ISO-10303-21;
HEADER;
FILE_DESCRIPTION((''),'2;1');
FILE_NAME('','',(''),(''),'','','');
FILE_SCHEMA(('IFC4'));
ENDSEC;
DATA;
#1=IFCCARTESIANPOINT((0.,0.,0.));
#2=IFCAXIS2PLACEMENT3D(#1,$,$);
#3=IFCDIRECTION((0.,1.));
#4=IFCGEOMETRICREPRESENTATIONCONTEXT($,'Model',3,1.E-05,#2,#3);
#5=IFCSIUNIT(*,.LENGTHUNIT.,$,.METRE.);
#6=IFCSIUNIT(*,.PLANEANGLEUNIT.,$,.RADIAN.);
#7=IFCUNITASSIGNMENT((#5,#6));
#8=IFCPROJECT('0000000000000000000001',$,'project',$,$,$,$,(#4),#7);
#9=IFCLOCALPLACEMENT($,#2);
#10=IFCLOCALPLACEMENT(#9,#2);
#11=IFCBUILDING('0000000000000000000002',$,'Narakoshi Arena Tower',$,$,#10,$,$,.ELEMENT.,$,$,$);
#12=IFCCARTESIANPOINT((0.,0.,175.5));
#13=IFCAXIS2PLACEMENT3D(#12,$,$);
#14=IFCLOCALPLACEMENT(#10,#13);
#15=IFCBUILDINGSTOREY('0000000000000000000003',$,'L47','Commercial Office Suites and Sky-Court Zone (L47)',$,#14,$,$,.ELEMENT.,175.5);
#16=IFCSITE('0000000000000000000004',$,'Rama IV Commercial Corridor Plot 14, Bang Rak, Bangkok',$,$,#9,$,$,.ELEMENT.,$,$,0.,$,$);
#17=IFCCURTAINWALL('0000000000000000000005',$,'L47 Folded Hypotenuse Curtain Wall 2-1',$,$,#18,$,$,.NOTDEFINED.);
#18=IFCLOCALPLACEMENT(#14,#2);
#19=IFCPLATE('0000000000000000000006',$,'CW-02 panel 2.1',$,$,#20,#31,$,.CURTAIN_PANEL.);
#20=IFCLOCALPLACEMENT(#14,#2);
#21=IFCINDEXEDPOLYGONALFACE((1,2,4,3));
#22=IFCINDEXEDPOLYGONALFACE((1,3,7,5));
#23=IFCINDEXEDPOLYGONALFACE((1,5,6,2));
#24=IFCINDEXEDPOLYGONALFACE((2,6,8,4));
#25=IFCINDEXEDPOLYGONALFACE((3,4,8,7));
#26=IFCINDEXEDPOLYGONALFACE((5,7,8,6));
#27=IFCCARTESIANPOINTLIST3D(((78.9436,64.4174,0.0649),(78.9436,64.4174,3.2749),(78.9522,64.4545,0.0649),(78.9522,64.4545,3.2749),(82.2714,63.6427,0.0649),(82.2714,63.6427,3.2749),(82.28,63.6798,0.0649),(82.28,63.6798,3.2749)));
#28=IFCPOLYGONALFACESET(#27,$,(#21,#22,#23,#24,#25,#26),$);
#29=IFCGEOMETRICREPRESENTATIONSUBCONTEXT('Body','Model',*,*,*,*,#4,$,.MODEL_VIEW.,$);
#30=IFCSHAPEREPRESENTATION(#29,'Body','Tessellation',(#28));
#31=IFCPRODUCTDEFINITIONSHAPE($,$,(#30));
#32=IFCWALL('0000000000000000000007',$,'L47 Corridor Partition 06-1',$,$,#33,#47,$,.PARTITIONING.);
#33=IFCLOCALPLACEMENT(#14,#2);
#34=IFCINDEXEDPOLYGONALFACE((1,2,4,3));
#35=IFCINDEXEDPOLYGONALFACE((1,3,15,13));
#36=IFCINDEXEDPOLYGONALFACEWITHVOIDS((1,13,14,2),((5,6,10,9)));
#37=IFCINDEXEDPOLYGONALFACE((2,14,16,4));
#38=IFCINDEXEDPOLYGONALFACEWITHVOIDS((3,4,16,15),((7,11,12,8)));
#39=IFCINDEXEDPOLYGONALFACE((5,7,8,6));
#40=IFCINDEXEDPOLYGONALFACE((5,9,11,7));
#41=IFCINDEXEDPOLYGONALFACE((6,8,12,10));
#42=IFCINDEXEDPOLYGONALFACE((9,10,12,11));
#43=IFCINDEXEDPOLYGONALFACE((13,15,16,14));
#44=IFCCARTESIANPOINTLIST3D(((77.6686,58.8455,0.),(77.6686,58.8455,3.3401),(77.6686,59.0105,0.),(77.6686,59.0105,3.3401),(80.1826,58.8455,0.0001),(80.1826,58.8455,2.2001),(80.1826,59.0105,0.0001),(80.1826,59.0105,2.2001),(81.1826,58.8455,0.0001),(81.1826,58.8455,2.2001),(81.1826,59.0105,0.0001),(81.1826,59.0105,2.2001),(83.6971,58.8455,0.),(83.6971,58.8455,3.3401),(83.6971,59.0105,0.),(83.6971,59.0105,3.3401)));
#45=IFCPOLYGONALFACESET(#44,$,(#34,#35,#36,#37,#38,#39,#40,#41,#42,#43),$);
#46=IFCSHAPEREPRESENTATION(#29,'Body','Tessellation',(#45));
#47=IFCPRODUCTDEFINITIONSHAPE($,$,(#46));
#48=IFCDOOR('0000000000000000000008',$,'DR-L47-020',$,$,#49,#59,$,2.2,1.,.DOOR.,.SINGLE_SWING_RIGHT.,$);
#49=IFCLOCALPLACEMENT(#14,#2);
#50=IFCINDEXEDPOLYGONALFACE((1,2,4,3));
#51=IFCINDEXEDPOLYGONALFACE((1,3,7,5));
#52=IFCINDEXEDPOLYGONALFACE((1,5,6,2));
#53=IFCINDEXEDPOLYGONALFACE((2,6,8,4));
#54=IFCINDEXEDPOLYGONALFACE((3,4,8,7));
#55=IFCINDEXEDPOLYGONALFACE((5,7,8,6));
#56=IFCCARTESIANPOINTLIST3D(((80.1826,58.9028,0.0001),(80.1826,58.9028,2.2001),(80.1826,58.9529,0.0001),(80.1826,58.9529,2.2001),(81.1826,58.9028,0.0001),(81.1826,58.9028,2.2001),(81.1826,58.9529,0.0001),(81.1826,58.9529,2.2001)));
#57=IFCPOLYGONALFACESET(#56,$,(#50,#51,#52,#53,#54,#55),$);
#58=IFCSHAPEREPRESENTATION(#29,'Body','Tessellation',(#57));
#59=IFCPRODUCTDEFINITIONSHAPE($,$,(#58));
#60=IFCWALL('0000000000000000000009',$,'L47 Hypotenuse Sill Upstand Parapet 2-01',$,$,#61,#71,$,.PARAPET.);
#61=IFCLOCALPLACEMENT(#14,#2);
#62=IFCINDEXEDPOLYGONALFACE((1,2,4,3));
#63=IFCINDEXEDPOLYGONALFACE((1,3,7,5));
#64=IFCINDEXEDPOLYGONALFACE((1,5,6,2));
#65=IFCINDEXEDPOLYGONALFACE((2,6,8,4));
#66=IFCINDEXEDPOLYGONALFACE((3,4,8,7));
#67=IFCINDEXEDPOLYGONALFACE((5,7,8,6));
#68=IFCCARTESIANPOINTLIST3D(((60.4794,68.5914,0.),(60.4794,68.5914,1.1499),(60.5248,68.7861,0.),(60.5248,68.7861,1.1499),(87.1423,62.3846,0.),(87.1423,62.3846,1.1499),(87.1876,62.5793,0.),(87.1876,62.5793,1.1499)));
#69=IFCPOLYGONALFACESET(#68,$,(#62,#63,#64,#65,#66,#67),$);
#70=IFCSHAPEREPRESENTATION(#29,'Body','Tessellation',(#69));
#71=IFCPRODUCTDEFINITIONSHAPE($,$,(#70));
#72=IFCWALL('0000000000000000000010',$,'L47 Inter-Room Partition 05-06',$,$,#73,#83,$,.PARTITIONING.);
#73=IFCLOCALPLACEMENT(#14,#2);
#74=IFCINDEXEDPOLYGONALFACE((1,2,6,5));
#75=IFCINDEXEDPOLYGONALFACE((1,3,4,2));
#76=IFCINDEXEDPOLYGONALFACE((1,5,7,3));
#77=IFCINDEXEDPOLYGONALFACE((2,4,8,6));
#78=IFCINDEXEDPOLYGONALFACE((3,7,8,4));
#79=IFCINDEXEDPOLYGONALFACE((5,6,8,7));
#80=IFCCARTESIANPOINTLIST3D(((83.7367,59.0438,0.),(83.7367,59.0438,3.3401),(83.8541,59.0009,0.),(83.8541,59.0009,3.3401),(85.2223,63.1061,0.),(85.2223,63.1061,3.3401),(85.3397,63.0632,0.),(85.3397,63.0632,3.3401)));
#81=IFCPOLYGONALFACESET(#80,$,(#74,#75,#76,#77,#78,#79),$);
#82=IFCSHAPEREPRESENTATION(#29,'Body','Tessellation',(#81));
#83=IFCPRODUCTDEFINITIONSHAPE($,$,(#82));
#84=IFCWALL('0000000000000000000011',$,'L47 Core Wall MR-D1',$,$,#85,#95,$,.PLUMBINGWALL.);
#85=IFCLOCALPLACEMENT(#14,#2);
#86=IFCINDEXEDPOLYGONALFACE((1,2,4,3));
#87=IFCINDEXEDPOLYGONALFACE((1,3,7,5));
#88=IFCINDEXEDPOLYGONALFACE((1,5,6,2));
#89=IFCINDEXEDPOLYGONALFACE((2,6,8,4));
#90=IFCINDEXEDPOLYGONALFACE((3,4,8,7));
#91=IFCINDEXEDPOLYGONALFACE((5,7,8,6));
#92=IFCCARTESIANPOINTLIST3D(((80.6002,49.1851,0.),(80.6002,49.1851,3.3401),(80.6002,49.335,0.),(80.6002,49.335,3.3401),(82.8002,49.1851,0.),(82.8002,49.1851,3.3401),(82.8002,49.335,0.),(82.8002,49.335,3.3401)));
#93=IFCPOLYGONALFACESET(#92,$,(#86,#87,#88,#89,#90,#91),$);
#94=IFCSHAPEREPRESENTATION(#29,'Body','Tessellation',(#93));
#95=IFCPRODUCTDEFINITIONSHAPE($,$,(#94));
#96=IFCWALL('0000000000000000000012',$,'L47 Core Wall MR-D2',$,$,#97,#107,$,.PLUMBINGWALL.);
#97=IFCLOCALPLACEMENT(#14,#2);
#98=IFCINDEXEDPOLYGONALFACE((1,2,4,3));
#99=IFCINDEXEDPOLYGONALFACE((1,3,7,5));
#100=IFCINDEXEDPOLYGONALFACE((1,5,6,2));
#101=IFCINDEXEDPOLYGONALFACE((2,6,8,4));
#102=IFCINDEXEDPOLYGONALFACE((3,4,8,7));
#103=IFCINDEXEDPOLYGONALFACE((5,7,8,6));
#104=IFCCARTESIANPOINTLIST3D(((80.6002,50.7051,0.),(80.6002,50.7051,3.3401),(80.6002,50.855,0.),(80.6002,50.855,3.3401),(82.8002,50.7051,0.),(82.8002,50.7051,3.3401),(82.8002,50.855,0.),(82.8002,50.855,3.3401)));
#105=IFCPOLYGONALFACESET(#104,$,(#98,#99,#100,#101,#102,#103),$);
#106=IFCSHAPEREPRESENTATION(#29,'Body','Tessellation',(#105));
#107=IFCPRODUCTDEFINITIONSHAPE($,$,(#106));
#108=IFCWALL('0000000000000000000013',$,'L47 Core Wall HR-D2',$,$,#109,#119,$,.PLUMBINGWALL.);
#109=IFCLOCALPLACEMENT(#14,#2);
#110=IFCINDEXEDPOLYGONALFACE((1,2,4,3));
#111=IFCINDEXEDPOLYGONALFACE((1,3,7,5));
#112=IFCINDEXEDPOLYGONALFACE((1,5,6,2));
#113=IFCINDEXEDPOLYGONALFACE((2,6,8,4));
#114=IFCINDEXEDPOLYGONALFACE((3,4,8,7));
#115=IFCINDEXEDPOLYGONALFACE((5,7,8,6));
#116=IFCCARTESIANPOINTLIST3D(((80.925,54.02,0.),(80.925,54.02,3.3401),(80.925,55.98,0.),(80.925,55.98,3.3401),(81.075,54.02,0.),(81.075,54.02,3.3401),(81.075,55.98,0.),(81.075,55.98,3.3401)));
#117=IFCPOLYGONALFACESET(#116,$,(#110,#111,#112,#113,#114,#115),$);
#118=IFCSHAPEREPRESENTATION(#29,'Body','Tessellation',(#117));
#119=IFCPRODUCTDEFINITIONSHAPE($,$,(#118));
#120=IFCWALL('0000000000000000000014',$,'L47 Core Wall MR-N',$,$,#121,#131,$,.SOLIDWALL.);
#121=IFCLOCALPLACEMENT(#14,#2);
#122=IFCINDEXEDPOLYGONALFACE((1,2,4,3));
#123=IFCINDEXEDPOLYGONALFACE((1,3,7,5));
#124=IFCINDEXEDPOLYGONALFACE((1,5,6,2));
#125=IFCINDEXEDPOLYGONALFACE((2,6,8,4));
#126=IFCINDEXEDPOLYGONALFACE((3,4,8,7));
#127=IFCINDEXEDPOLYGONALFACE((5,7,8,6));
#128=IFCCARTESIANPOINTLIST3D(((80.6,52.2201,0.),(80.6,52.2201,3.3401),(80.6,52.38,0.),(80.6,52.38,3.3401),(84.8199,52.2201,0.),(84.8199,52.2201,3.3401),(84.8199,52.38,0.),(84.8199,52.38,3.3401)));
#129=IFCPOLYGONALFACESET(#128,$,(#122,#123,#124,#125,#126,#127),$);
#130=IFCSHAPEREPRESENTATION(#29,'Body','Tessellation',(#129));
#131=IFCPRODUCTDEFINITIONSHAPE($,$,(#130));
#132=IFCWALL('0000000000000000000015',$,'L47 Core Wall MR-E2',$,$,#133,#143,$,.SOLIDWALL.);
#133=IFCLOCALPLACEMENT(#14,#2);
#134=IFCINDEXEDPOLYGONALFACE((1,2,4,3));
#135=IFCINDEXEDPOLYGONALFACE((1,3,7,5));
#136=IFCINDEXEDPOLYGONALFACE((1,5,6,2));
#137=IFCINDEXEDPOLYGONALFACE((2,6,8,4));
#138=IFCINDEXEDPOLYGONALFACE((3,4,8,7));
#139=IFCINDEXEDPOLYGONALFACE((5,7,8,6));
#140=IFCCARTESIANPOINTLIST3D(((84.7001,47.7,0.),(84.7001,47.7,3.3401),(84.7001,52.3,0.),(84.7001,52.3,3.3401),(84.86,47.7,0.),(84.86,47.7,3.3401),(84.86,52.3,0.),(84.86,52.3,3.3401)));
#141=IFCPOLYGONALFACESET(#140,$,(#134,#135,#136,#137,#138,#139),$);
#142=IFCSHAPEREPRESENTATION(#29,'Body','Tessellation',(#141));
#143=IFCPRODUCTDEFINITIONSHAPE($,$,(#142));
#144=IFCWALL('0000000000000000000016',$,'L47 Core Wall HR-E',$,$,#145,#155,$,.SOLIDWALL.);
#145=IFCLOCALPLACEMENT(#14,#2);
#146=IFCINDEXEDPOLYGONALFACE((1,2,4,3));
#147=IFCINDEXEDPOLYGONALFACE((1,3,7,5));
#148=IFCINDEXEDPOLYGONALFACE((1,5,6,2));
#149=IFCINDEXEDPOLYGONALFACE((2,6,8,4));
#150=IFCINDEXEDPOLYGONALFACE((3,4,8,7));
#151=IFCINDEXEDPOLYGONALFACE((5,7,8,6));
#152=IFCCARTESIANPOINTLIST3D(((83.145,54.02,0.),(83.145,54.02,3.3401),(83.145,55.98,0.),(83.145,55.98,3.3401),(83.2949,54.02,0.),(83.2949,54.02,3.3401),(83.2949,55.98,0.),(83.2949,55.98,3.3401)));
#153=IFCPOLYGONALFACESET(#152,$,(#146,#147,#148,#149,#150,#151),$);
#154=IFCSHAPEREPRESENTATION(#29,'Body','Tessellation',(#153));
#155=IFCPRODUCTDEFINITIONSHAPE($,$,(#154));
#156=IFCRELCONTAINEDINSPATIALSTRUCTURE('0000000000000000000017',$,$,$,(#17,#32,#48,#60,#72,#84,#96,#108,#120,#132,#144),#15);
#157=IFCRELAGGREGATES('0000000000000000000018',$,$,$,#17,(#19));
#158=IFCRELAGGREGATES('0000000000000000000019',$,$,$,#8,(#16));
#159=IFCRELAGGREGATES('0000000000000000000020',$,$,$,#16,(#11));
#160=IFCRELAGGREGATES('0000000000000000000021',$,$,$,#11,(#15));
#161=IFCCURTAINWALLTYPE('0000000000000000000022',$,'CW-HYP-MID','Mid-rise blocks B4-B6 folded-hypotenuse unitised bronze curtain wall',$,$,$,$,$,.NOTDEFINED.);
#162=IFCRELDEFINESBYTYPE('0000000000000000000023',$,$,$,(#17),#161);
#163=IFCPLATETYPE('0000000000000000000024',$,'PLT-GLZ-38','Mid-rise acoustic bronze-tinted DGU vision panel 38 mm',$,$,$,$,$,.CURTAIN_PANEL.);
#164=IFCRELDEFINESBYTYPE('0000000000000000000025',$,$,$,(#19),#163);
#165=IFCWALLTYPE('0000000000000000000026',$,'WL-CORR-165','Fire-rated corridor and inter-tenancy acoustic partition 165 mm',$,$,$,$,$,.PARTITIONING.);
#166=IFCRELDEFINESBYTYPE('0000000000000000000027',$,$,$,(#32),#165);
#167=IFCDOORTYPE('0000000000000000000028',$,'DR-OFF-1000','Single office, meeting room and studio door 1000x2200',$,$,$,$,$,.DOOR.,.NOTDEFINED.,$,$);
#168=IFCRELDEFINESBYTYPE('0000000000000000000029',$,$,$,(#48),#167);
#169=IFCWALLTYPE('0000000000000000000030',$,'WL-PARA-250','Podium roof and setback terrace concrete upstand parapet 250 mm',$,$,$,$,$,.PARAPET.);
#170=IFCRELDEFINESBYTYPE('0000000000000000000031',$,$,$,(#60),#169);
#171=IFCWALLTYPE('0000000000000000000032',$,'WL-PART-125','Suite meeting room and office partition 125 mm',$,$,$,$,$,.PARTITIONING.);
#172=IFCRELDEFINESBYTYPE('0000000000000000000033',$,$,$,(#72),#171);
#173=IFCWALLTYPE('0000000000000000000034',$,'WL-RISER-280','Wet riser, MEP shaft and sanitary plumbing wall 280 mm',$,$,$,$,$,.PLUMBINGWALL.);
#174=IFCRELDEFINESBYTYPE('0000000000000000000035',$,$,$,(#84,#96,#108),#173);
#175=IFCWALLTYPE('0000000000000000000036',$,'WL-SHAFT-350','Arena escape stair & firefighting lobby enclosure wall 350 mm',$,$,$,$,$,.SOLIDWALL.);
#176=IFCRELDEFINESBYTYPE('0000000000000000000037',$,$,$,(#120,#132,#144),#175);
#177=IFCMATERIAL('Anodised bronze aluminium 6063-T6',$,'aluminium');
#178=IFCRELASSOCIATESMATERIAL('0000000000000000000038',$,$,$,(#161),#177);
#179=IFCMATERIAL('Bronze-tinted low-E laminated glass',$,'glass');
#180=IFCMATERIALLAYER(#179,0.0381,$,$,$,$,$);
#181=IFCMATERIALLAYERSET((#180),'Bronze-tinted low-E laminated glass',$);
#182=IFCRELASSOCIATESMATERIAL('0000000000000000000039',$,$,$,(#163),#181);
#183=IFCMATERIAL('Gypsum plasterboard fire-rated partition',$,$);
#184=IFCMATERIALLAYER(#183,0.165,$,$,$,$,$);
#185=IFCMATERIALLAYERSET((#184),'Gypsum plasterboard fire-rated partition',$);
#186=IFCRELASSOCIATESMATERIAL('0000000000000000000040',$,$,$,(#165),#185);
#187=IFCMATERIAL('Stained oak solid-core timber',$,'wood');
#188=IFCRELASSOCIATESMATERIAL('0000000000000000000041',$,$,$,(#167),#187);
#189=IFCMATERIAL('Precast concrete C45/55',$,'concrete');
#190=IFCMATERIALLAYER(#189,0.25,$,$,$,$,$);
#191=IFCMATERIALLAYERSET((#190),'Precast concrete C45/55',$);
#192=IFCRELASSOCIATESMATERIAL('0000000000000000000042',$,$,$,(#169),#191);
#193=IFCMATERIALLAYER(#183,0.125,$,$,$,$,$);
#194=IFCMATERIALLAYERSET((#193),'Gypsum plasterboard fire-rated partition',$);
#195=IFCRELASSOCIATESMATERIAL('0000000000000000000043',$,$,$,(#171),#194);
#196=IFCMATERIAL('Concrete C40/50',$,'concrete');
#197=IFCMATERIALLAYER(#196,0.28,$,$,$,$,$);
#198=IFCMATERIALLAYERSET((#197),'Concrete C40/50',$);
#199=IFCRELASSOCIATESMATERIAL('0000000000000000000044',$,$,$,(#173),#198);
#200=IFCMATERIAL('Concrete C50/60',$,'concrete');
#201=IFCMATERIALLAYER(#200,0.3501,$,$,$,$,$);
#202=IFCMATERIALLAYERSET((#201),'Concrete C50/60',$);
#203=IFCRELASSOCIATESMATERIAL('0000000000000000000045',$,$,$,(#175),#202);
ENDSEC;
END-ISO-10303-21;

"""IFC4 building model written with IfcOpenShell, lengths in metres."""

from ifc_helpers import new_model, si_unit, direction, frame, frame_2d, origin, origin_2d, place, context, subcontext, project, spatial, rectangle, extrude, material, layer, layer_set, type_object, element, fill, aggregate, save


model = new_model("IFC4")

# Units and contexts
model_context = context("Model", 3, precision=1e-05, world=origin(), true_north=direction((0.0, 1.0)))
body_context = subcontext(model_context, "Body", "Model", "MODEL_VIEW")
ifc_project = project(units=[si_unit("LENGTHUNIT", "METRE"), si_unit("PLANEANGLEUNIT", "RADIAN")], contexts=[model_context])

# Site, building, storey
site_placement = place(None, origin())
site = spatial("IfcSite", under=ifc_project, at=site_placement, Name="Rama IV Commercial Corridor Plot 14, Bang Rak, Bangkok", CompositionType="ELEMENT", RefElevation=0.0)
building_placement = place(site_placement, origin())
building = spatial("IfcBuilding", under=site, at=building_placement, Name="Narakoshi Arena Tower", CompositionType="ELEMENT")
storey_placement = place(building_placement, frame((0.0, 0.0, 175.5)))
storey = spatial("IfcBuildingStorey", under=building, at=storey_placement, Name="L47", Description="Commercial Office Suites and Sky-Court Zone (L47)", CompositionType="ELEMENT", Elevation=175.5)

# Shared definitions
ifc_material_1 = material(Name="Concrete C50/60", Category="concrete")

# Shared definitions
ifc_material_2 = material(Name="Anodised bronze aluminium 6063-T6", Category="aluminium")
curtain_wall_type = type_object("IfcCurtainWallType", Name="CW-HYP-MID", Description="Mid-rise blocks B4-B6 folded-hypotenuse unitised bronze curtain wall", PredefinedType="NOTDEFINED", material=ifc_material_2)

# Curtain wall, plate
curtain_wall_1_placement = place(storey_placement, origin())
curtain_wall_1 = element("IfcCurtainWall", 1, at=curtain_wall_1_placement, inside=storey, type_object=curtain_wall_type, Name="L47 Folded Hypotenuse Curtain Wall 2-1", PredefinedType="NOTDEFINED")
ifc_material_3 = material(Name="Bronze-tinted low-E laminated glass", Category="glass")
ifc_layer_1 = layer(ifc_material_3, 0.0381)
ifc_layer_set_1 = layer_set([ifc_layer_1], Name="Bronze-tinted low-E laminated glass")
plate_type = type_object("IfcPlateType", Name="PLT-GLZ-38", Description="Mid-rise acoustic bronze-tinted DGU vision panel 38 mm", PredefinedType="CURTAIN_PANEL", material=ifc_layer_set_1)
plate_1_placement = place(storey_placement, frame((80.6118, 64.0486, 0.0649), z_axis=(0.0, 0.0, 1.0), x_axis=(-0.97396, 0.226721, 0.0)))
plate_1 = element("IfcPlate", 2, at=plate_1_placement, type_object=plate_type, Name="CW-02 panel 2.1", PredefinedType="CURTAIN_PANEL", context=body_context, shape_type="SweptSolid", body=[
    extrude(rectangle(XDim=3.4167, YDim=0.0381, at=origin_2d()), origin(), (0.0, 0.0, 1.0), 3.21),
])
aggregate(curtain_wall_1, [plate_1])

# Wall, opening, door
ifc_material_4 = material(Name="Gypsum plasterboard fire-rated partition")
ifc_layer_2 = layer(ifc_material_4, 0.165)
ifc_layer_set_2 = layer_set([ifc_layer_2], Name="Gypsum plasterboard fire-rated partition")
wall_type_1 = type_object("IfcWallType", Name="WL-CORR-165", Description="Fire-rated corridor and inter-tenancy acoustic partition 165 mm", PredefinedType="PARTITIONING", material=ifc_layer_set_2)
wall_1_placement = place(storey_placement, frame((83.697, 58.928, 0.0), z_axis=(0.0, 0.0, 1.0), x_axis=(-1.0, 0.0, 0.0)))
wall_1 = element("IfcWall", 3, at=wall_1_placement, inside=storey, type_object=wall_type_1, Name="L47 Corridor Partition 06-1", PredefinedType="PARTITIONING", context=body_context, shape_type="SweptSolid", body=[
    extrude(rectangle(XDim=6.0286, YDim=0.165, at=frame_2d((3.0142, 0.0))), origin(), (0.0, 0.0, 1.0), 3.3401),
])
opening_1_placement = place(wall_1_placement, frame((2.5144, 0.0, 0.0)))
opening_1 = element("IfcOpeningElement", 4, at=opening_1_placement, cuts=wall_1, PredefinedType="OPENING", context=body_context, shape_type="SweptSolid", body=[
    extrude(rectangle(XDim=1.0, YDim=2.2, at=frame_2d((0.5, 1.1001))), frame((0.0, 0.0925, 0.0), z_axis=(0.0, -1.0, 0.0), x_axis=(1.0, 0.0, 0.0)), (0.0, 0.0, 1.0), 0.1851),
])
ifc_material_5 = material(Name="Stained oak solid-core timber", Category="wood")
door_type_1 = type_object("IfcDoorType", Name="DR-OFF-1000", Description="Single office, meeting room and studio door 1000x2200", OperationType="NOTDEFINED", PredefinedType="DOOR", material=ifc_material_5)
door_1_placement = place(opening_1_placement, frame((1.0, 0.0, 0.0), z_axis=(0.0, 0.0, 1.0), x_axis=(-1.0, 0.0, 0.0)))
door_1 = element("IfcDoor", 5, at=door_1_placement, inside=storey, type_object=door_type_1, Name="DR-L47-020", OperationType="SINGLE_SWING_RIGHT", OverallHeight=2.2, OverallWidth=1.0, PredefinedType="DOOR", context=body_context, shape_type="SweptSolid", body=[
    extrude(rectangle(XDim=1.0, YDim=2.2, at=frame_2d((0.5, 1.1001))), frame((0.0, 0.0249, 0.0), z_axis=(0.0, -1.0, 0.0), x_axis=(1.0, 0.0, 0.0)), (0.0, 0.0, 1.0), 0.05),
])
fill(opening_1, door_1)

# Walls
ifc_material_6 = material(Name="Precast concrete C45/55", Category="concrete")
ifc_layer_3 = layer(ifc_material_6, 0.25)
ifc_layer_set_3 = layer_set([ifc_layer_3], Name="Precast concrete C45/55")
wall_type_2 = type_object("IfcWallType", Name="WL-PARA-250", Description="Podium roof and setback terrace concrete upstand parapet 250 mm", PredefinedType="PARAPET", material=ifc_layer_set_3)
wall_2_placement = place(storey_placement, frame((87.165, 62.4819, 0.0), z_axis=(0.0, 0.0, 1.0), x_axis=(-0.973959, 0.226726, 0.0)))
element("IfcWall", 6, at=wall_2_placement, inside=storey, type_object=wall_type_2, Name="L47 Hypotenuse Sill Upstand Parapet 2-01", PredefinedType="PARAPET", context=body_context, shape_type="SweptSolid", body=[
    extrude(rectangle(XDim=27.3757, YDim=0.2, at=frame_2d((13.688, 0.0))), origin(), (0.0, 0.0, 1.0), 1.1499),
])
ifc_layer_4 = layer(ifc_material_4, 0.125)
ifc_layer_set_4 = layer_set([ifc_layer_4], Name="Gypsum plasterboard fire-rated partition")
wall_type_3 = type_object("IfcWallType", Name="WL-PART-125", Description="Suite meeting room and office partition 125 mm", PredefinedType="PARTITIONING", material=ifc_layer_set_4)
wall_3_placement = place(storey_placement, frame((83.7954, 59.0225, 0.0), z_axis=(0.0, 0.0, 1.0), x_axis=(0.34346, 0.939167, 0.0)))
element("IfcWall", 7, at=wall_3_placement, inside=storey, type_object=wall_type_3, Name="L47 Inter-Room Partition 05-06", PredefinedType="PARTITIONING", context=body_context, shape_type="SweptSolid", body=[
    extrude(rectangle(XDim=4.3254, YDim=0.125, at=frame_2d((2.1626, 0.0))), origin(), (0.0, 0.0, 1.0), 3.3401),
])
ifc_material_7 = material(Name="Concrete C40/50", Category="concrete")
ifc_layer_5 = layer(ifc_material_7, 0.28)
ifc_layer_set_5 = layer_set([ifc_layer_5], Name="Concrete C40/50")
wall_type_4 = type_object("IfcWallType", Name="WL-RISER-280", Description="Wet riser, MEP shaft and sanitary plumbing wall 280 mm", PredefinedType="PLUMBINGWALL", material=ifc_layer_set_5)
for number, where, z_axis, x_axis, name in (
    (8, (80.6001, 49.26, 0.0), (0.0, 0.0, 1.0), (1.0, 0.0, 0.0), "L47 Core Wall MR-D1"),
    (9, (80.6001, 50.78, 0.0), (0.0, 0.0, 1.0), (1.0, 0.0, 0.0), "L47 Core Wall MR-D2"),
):
    element("IfcWall", number, at=place(storey_placement, frame(where, z_axis=z_axis, x_axis=x_axis)), inside=storey, type_object=wall_type_4, Name=name, PredefinedType="PLUMBINGWALL", context=body_context, shape_type="SweptSolid", body=[
        extrude(rectangle(XDim=2.2, YDim=0.1499, at=frame_2d((1.1001, 0.0))), origin(), (0.0, 0.0, 1.0), 3.3401),
    ])
wall_4_placement = place(storey_placement, frame((81.0, 54.02, 0.0), z_axis=(0.0, 0.0, 1.0), x_axis=(0.0, 1.0, 0.0)))
element("IfcWall", 10, at=wall_4_placement, inside=storey, type_object=wall_type_4, Name="L47 Core Wall HR-D2", PredefinedType="PLUMBINGWALL", context=body_context, shape_type="SweptSolid", body=[
    extrude(rectangle(XDim=1.96, YDim=0.1499, at=frame_2d((0.98, 0.0))), origin(), (0.0, 0.0, 1.0), 3.3401),
])
ifc_layer_6 = layer(ifc_material_1, 0.3501)
ifc_layer_set_6 = layer_set([ifc_layer_6], Name="Concrete C50/60")
wall_type_5 = type_object("IfcWallType", Name="WL-SHAFT-350", Description="Arena escape stair & firefighting lobby enclosure wall 350 mm", PredefinedType="SOLIDWALL", material=ifc_layer_set_6)
wall_5_placement = place(storey_placement, frame((80.6001, 52.3, 0.0), z_axis=(0.0, 0.0, 1.0), x_axis=(1.0, 0.0, 0.0)))
element("IfcWall", 11, at=wall_5_placement, inside=storey, type_object=wall_type_5, Name="L47 Core Wall MR-N", PredefinedType="SOLIDWALL", context=body_context, shape_type="SweptSolid", body=[
    extrude(rectangle(XDim=4.22, YDim=0.1599, at=frame_2d((2.1099, 0.0))), origin(), (0.0, 0.0, 1.0), 3.3401),
])
wall_6_placement = place(storey_placement, frame((84.78, 47.7, 0.0), z_axis=(0.0, 0.0, 1.0), x_axis=(0.0, 1.0, 0.0)))
element("IfcWall", 12, at=wall_6_placement, inside=storey, type_object=wall_type_5, Name="L47 Core Wall MR-E2", PredefinedType="SOLIDWALL", context=body_context, shape_type="SweptSolid", body=[
    extrude(rectangle(XDim=4.6001, YDim=0.1599, at=frame_2d((2.3, 0.0))), origin(), (0.0, 0.0, 1.0), 3.3401),
])
wall_7_placement = place(storey_placement, frame((83.22, 54.02, 0.0), z_axis=(0.0, 0.0, 1.0), x_axis=(0.0, 1.0, 0.0)))
element("IfcWall", 13, at=wall_7_placement, inside=storey, type_object=wall_type_5, Name="L47 Core Wall HR-E", PredefinedType="SOLIDWALL", context=body_context, shape_type="SweptSolid", body=[
    extrude(rectangle(XDim=1.96, YDim=0.1499, at=frame_2d((0.98, 0.0))), origin(), (0.0, 0.0, 1.0), 3.3401),
])

save(model, "model.ifc")
